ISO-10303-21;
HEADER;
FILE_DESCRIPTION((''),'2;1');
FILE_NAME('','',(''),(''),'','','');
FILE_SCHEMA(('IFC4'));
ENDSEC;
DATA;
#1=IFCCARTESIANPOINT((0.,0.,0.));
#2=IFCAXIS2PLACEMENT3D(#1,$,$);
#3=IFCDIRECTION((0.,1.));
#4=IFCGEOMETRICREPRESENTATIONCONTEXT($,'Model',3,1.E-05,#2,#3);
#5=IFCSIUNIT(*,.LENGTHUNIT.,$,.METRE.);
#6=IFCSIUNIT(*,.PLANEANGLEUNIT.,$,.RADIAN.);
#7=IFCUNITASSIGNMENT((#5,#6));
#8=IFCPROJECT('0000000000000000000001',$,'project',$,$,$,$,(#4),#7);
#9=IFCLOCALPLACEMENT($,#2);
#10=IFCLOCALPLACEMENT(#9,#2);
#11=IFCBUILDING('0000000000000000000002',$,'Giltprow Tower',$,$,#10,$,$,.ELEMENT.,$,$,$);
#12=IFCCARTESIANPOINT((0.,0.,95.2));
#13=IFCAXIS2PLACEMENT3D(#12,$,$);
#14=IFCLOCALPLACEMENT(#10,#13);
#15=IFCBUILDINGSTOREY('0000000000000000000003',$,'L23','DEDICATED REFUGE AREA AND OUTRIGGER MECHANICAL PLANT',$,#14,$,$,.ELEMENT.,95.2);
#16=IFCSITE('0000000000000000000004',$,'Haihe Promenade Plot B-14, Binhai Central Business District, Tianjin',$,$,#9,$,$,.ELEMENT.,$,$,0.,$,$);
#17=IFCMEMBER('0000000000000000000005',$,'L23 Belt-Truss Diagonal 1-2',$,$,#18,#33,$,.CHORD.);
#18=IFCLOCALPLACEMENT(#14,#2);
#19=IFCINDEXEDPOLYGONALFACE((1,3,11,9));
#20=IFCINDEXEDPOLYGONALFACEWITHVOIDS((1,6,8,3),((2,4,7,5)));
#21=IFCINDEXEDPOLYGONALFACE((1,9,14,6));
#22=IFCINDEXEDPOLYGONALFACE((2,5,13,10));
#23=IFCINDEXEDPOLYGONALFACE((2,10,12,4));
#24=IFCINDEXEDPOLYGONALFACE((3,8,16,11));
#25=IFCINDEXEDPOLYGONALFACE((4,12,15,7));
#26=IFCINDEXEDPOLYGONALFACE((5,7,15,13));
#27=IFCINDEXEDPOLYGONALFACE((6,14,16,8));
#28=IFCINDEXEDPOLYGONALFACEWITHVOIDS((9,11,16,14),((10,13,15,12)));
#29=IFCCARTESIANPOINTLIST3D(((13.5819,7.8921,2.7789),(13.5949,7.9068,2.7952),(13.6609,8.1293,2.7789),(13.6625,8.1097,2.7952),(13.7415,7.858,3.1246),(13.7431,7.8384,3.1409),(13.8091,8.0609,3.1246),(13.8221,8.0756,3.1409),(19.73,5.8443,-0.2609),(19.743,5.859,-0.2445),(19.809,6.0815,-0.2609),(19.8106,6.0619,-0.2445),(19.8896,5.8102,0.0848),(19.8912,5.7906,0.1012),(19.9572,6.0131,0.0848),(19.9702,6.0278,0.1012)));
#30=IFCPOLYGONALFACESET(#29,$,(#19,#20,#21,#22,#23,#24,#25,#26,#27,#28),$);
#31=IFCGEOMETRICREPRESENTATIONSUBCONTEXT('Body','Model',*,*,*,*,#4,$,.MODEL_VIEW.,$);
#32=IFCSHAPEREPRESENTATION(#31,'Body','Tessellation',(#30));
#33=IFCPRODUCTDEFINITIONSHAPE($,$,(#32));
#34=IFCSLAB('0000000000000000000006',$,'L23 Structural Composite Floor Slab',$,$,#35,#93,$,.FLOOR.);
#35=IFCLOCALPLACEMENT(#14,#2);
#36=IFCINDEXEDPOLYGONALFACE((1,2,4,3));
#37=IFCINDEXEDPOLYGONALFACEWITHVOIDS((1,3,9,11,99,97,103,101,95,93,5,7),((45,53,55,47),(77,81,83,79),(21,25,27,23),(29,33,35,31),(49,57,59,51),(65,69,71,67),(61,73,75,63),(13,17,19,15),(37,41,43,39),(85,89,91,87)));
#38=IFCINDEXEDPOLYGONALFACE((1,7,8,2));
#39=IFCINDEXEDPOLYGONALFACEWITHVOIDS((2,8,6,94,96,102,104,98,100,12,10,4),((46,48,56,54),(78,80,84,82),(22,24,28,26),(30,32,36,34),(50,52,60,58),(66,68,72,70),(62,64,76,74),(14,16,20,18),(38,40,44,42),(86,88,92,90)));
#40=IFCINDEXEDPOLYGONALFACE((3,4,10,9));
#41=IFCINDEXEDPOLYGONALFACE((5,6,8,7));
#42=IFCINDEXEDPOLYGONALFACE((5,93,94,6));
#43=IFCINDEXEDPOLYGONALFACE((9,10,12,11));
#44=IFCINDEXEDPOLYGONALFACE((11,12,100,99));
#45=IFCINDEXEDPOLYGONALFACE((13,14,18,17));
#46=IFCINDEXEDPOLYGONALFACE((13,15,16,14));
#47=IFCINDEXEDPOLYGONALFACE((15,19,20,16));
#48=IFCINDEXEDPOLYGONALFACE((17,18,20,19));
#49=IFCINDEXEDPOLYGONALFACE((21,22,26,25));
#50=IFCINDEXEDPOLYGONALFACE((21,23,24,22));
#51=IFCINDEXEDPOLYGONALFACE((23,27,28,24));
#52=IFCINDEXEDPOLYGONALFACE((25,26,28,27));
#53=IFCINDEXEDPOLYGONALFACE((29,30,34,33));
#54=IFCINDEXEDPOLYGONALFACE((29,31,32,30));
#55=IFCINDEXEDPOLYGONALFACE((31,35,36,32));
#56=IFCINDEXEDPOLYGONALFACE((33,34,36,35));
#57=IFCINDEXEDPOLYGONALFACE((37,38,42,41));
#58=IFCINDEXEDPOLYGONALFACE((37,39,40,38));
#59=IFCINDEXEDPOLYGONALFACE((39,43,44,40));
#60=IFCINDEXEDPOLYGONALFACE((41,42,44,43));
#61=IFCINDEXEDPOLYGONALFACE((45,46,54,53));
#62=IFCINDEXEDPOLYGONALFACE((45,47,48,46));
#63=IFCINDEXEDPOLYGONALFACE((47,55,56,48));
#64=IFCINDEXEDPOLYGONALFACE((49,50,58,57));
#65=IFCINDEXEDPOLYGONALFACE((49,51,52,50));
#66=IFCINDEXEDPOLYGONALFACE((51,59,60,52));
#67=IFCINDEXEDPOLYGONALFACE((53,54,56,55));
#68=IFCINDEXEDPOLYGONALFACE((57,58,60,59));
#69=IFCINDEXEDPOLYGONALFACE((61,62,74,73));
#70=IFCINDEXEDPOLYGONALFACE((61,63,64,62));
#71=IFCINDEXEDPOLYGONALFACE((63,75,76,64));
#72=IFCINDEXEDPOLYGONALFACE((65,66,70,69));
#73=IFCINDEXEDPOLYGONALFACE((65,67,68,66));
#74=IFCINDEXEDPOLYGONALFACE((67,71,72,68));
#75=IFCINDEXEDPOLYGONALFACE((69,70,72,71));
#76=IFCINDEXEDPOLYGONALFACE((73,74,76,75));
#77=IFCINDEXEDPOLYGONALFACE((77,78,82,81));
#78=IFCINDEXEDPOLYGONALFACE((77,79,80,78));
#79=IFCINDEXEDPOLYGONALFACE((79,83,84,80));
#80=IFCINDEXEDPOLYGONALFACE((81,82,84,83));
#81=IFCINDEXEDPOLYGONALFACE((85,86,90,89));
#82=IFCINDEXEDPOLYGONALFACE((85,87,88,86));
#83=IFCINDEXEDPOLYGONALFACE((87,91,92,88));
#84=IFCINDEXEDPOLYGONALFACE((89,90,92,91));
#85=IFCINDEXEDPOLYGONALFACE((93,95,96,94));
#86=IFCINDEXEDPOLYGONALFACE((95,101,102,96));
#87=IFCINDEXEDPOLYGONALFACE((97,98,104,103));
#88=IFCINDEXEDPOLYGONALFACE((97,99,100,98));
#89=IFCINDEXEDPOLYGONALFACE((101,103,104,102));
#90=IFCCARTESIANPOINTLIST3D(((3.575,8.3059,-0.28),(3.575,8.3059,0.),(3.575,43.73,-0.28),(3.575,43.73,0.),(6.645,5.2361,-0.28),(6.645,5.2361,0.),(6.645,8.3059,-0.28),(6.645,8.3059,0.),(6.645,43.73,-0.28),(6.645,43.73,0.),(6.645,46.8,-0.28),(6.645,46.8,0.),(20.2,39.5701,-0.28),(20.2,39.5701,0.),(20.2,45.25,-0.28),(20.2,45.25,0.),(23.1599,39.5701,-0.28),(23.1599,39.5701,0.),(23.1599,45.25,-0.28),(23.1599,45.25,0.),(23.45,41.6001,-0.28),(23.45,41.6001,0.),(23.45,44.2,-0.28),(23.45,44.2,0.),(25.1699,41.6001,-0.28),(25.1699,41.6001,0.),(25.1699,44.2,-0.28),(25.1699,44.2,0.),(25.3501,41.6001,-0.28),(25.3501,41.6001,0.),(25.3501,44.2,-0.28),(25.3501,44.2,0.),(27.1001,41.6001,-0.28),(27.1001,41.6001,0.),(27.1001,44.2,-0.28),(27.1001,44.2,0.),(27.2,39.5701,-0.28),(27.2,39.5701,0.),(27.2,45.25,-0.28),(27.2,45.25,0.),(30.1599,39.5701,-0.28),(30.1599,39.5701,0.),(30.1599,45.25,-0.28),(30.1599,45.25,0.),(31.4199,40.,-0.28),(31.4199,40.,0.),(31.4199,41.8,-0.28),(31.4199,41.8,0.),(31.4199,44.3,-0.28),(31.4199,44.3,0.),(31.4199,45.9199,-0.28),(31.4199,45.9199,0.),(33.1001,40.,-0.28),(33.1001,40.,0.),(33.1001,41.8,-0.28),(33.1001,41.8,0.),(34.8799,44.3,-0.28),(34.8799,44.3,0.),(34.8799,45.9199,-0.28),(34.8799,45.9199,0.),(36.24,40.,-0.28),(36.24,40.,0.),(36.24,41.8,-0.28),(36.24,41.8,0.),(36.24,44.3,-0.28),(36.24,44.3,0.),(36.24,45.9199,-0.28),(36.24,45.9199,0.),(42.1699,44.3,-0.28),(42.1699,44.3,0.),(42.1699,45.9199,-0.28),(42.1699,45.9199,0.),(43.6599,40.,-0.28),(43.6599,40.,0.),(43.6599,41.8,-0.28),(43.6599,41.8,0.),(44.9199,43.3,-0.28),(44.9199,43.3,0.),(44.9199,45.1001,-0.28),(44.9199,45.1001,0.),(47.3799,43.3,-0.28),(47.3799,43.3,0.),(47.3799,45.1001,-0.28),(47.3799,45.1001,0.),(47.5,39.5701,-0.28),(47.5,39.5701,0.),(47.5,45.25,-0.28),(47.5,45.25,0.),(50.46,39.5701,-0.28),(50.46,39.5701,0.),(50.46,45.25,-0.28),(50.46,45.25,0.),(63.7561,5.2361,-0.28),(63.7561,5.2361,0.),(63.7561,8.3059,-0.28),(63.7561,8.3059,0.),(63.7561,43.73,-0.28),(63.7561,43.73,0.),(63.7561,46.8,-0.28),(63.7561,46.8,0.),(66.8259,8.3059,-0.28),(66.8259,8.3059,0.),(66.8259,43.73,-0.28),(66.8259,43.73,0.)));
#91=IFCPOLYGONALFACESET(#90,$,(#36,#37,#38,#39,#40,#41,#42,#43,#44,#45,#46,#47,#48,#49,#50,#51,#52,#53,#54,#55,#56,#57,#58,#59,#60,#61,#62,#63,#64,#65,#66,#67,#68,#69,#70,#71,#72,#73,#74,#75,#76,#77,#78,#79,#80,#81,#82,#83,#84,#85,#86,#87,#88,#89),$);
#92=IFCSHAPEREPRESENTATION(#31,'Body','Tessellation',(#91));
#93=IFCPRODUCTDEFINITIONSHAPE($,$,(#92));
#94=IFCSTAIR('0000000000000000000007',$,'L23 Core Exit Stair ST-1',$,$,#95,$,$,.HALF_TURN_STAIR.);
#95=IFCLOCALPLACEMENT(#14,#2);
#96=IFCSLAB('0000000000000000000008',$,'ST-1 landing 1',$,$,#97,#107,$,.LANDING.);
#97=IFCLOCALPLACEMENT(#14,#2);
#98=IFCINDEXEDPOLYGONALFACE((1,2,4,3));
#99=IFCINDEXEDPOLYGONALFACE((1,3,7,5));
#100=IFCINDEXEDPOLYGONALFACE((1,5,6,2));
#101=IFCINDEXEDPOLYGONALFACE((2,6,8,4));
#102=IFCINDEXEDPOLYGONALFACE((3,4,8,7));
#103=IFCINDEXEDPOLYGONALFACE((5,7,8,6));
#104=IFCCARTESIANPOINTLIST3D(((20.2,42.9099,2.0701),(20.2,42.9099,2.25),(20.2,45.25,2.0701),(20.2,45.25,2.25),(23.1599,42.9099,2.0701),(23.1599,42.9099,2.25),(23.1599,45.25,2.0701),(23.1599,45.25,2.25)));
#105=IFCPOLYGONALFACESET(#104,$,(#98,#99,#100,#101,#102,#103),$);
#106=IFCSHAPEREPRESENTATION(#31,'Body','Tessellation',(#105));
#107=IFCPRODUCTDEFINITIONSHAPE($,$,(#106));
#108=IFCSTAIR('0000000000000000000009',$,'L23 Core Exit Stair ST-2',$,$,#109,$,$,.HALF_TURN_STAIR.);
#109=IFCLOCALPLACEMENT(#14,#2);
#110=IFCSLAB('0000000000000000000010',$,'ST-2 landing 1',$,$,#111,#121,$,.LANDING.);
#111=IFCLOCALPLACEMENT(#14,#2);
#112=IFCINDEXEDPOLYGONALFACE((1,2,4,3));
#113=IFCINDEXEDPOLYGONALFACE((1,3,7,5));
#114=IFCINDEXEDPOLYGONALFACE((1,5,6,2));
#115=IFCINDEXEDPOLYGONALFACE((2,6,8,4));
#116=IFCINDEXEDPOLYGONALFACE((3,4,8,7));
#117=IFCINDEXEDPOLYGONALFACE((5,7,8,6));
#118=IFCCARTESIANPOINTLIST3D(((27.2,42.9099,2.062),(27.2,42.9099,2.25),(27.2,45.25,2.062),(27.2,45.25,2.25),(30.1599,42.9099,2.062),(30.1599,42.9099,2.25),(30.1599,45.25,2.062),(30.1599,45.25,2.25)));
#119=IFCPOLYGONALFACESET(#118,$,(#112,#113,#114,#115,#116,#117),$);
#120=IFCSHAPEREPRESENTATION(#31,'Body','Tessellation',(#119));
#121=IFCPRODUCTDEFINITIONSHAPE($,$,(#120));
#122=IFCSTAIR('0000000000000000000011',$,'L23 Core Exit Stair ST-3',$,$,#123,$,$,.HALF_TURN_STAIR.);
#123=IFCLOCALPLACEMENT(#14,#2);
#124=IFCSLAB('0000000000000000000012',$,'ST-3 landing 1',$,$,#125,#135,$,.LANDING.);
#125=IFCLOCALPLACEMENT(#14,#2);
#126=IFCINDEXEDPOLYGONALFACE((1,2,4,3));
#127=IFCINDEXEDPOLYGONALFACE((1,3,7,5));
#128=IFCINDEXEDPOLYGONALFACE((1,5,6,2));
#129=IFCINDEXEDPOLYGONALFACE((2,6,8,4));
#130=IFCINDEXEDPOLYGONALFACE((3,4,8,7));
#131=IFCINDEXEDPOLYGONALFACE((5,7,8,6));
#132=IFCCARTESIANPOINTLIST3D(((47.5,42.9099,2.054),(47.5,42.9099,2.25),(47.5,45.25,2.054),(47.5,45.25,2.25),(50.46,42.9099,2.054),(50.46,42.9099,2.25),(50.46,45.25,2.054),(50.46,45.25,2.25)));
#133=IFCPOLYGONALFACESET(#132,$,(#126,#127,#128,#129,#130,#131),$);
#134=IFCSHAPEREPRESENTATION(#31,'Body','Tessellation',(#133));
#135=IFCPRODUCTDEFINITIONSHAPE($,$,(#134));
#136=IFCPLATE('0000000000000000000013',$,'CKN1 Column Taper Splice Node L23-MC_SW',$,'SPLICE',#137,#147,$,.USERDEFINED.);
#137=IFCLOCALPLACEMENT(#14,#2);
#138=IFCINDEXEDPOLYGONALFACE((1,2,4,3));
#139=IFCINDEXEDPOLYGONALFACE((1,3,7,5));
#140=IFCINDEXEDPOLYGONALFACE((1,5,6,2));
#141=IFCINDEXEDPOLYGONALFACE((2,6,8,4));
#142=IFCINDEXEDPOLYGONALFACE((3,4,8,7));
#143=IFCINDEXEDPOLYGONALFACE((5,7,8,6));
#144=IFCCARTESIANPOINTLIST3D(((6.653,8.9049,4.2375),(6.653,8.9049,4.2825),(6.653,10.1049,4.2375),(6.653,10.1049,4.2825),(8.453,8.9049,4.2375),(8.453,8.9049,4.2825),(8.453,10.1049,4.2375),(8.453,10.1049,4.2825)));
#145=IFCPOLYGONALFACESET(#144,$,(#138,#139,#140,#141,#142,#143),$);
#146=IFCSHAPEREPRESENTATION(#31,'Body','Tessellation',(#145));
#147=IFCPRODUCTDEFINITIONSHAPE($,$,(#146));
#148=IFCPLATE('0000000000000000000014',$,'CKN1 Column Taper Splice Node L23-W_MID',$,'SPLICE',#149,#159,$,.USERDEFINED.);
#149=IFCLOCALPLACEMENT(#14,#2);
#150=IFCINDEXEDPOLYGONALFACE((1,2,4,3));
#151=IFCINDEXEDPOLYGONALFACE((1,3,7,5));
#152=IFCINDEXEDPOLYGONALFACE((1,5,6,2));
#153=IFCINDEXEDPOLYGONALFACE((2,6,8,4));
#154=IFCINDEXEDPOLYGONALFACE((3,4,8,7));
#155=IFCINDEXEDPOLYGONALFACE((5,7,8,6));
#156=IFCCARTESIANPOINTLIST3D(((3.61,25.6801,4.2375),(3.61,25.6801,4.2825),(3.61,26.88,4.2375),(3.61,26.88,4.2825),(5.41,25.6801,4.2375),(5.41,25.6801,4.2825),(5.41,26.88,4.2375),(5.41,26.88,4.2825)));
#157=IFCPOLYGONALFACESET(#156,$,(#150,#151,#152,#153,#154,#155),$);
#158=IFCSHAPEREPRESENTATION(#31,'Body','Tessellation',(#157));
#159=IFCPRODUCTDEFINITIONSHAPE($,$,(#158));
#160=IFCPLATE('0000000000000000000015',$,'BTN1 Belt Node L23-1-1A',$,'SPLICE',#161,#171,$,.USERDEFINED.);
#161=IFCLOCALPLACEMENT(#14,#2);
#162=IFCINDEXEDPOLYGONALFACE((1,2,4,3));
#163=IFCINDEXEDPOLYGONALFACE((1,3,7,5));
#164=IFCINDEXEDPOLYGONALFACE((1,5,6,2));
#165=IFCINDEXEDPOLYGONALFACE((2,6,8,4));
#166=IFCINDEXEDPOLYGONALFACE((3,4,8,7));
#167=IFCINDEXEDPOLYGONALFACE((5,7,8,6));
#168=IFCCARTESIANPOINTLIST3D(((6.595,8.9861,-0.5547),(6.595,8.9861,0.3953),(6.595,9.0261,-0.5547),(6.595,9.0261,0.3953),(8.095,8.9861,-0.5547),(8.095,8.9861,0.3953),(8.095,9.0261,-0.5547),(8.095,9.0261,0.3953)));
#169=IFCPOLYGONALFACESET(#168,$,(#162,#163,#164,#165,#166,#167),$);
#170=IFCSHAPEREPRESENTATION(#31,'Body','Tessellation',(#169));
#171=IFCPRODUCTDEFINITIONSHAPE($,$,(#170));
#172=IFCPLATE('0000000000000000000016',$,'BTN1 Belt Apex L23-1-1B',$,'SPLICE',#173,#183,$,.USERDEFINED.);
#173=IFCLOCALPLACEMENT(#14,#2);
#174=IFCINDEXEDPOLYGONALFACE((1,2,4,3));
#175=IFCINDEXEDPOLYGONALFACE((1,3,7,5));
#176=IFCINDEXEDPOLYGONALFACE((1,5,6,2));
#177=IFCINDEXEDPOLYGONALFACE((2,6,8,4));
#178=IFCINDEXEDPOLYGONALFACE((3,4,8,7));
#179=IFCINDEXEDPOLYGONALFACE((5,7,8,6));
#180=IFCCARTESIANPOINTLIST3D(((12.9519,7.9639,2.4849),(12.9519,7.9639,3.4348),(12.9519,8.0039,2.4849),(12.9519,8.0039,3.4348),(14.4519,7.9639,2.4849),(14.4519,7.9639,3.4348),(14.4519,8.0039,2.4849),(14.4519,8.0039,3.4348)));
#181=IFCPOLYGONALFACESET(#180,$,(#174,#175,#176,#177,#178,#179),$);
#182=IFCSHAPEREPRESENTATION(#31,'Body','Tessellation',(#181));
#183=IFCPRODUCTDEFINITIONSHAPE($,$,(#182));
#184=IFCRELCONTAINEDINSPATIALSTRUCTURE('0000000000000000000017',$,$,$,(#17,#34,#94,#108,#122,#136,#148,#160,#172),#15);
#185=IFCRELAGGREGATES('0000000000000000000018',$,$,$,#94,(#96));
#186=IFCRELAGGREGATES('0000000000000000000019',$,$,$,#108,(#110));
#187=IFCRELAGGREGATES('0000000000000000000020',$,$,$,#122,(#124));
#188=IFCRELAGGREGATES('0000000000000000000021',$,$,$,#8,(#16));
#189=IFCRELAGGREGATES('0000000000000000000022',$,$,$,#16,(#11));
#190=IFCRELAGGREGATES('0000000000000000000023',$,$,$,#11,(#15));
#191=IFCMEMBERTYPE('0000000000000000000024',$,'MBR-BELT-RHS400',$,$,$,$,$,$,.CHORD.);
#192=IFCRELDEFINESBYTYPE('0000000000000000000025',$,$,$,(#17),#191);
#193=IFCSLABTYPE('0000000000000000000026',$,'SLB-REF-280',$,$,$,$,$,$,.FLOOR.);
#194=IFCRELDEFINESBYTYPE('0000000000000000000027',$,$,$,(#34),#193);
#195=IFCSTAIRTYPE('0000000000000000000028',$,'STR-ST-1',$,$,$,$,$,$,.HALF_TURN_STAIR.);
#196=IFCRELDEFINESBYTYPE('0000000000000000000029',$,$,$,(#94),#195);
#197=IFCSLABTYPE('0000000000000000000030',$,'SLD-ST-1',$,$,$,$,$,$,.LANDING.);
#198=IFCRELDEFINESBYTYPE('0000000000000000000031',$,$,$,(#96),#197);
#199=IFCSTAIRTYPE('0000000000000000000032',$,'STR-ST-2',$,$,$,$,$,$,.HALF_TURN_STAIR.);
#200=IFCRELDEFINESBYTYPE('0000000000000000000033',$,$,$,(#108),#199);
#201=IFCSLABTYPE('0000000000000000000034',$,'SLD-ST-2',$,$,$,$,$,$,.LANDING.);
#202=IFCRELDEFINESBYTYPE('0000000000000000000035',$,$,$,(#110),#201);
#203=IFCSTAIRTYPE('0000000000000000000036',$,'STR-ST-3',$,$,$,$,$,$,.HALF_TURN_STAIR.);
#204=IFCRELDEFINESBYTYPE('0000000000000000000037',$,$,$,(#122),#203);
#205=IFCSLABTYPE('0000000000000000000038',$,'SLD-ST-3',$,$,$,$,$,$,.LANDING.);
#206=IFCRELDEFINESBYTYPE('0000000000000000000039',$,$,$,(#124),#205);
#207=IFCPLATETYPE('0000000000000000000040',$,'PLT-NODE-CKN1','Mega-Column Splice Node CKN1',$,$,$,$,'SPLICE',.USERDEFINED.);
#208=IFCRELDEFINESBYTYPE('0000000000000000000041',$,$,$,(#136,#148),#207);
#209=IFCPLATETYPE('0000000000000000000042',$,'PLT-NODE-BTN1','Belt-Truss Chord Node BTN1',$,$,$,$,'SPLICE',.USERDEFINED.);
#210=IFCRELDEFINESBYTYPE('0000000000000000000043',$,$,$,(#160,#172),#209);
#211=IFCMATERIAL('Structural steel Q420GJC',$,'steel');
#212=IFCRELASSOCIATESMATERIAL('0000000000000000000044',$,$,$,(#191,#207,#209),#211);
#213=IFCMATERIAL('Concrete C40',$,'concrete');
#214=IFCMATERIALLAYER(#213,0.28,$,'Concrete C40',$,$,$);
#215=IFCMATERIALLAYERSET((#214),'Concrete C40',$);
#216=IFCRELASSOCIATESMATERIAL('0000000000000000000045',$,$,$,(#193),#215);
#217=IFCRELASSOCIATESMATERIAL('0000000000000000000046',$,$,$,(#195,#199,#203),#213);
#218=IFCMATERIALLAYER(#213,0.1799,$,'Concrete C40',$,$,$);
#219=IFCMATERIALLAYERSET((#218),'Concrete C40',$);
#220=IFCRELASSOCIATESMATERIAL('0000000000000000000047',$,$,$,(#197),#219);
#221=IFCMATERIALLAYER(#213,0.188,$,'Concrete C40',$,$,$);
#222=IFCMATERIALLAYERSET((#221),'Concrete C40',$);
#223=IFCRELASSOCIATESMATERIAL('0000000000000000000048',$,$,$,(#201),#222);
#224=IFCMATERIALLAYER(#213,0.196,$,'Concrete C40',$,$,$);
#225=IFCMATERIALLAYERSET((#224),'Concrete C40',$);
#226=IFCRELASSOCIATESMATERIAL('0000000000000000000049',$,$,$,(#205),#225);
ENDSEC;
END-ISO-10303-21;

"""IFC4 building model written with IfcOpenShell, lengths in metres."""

from ifc_helpers import new_model, si_unit, direction, frame, origin, origin_2d, place, context, subcontext, project, spatial, polyline, rectangle, hollow_rectangle, outline, extrude, source, transform, mapped, material, layer, layer_set, material_profile, profile_set, type_object, element, aggregate, save


model = new_model("IFC4")

# Units and contexts
model_context = context("Model", 3, precision=1e-05, world=origin(), true_north=direction((0.0, 1.0)))
body_context = subcontext(model_context, "Body", "Model", "MODEL_VIEW")
ifc_project = project(units=[si_unit("LENGTHUNIT", "METRE"), si_unit("PLANEANGLEUNIT", "RADIAN")], contexts=[model_context])

# Site, building, storey
site_placement = place(None, origin())
site = spatial("IfcSite", under=ifc_project, at=site_placement, Name="Haihe Promenade Plot B-14, Binhai Central Business District, Tianjin", CompositionType="ELEMENT", RefElevation=0.0)
building_placement = place(site_placement, origin())
building = spatial("IfcBuilding", under=site, at=building_placement, Name="Giltprow Tower", CompositionType="ELEMENT")
storey_placement = place(building_placement, frame((0.0, 0.0, 95.2)))
storey = spatial("IfcBuildingStorey", under=building, at=storey_placement, Name="L23", Description="DEDICATED REFUGE AREA AND OUTRIGGER MECHANICAL PLANT", CompositionType="ELEMENT", Elevation=95.2)

# Shared definitions
ifc_material_1 = material(Name="Structural steel Q420GJC", Category="steel")

# Member
ifc_material_profile_1 = material_profile(ifc_material_1, hollow_rectangle(XDim=0.25, YDim=0.3999, WallThickness=0.0181, at=origin_2d()), Name="RHS 400x250x18")
ifc_profile_set_1 = profile_set([ifc_material_profile_1], Name="Structural steel Q420GJC")
member_type = type_object("IfcMemberType", Name="MBR-BELT-RHS400", PredefinedType="CHORD", material=ifc_profile_set_1)
shared_shape_1 = source(origin(), body_context, "Body", "SweptSolid", [
    extrude(hollow_rectangle(XDim=0.25, YDim=0.3999, WallThickness=0.0181, at=origin_2d()), origin(), (0.0, 0.0, 1.0), 7.1577),
])
member_1_placement = place(storey_placement, frame((19.8501, 5.936, -0.0798), z_axis=(-0.858948, 0.2861, 0.424682), x_axis=(-0.316013, -0.948755, 0.0)))
element("IfcMember", 1, at=member_1_placement, inside=storey, type_object=member_type, Name="L23 Belt-Truss Diagonal 1-2", PredefinedType="CHORD", context=body_context, shape_type="MappedRepresentation", body=[
    mapped(shared_shape_1, transform((0.0, 0.0, 0.0), x_axis=(1.0, 0.0, 0.0), y_axis=(0.0, 1.0, 0.0), z_axis=(0.0, 0.0, 1.0), scale=1.0)),
])

# Slab
ifc_material_2 = material(Name="Concrete C40", Category="concrete")
ifc_layer_1 = layer(ifc_material_2, 0.28, Name="Concrete C40")
ifc_layer_set_1 = layer_set([ifc_layer_1], Name="Concrete C40")
slab_type_1 = type_object("IfcSlabType", Name="SLB-REF-280", PredefinedType="FLOOR", material=ifc_layer_set_1)
slab_1_placement = place(storey_placement, frame((0.0, 0.0, -0.28)))
element("IfcSlab", 2, at=slab_1_placement, inside=storey, type_object=slab_type_1, Name="L23 Structural Composite Floor Slab", PredefinedType="FLOOR", context=body_context, shape_type="SweptSolid", body=[
    extrude(outline(polyline([(6.645, 8.3059), (3.575, 8.3059), (3.575, 43.73), (6.645, 43.73), (6.645, 46.8), (63.7561, 46.8), (63.7561, 43.73), (66.8259, 43.73), (66.8259, 8.3059), (63.7561, 8.3059), (63.7561, 5.2361), (6.645, 5.2361), (6.645, 8.3059)]), holes=[polyline([(31.4199, 41.8), (31.4199, 40.0), (33.1001, 40.0), (33.1001, 41.8), (31.4199, 41.8)]), polyline([(43.6599, 41.8), (36.24, 41.8), (36.24, 40.0), (43.6599, 40.0), (43.6599, 41.8)]), polyline([(23.1599, 45.25), (20.2, 45.25), (20.2, 39.5701), (23.1599, 39.5701), (23.1599, 45.25)]), polyline([(30.1599, 39.5701), (30.1599, 45.25), (27.2, 45.25), (27.2, 39.5701), (30.1599, 39.5701)]), polyline([(50.46, 39.5701), (50.46, 45.25), (47.5, 45.25), (47.5, 39.5701), (50.46, 39.5701)]), polyline([(25.1699, 44.2), (23.45, 44.2), (23.45, 41.6001), (25.1699, 41.6001), (25.1699, 44.2)]), polyline([(27.1001, 44.2), (25.3501, 44.2), (25.3501, 41.6001), (27.1001, 41.6001), (27.1001, 44.2)]), polyline([(47.3799, 45.1001), (44.9199, 45.1001), (44.9199, 43.3), (47.3799, 43.3), (47.3799, 45.1001)]), polyline([(34.8799, 44.3), (34.8799, 45.9199), (31.4199, 45.9199), (31.4199, 44.3), (34.8799, 44.3)]), polyline([(42.1699, 44.3), (42.1699, 45.9199), (36.24, 45.9199), (36.24, 44.3), (42.1699, 44.3)])]), origin(), (0.0, 0.0, 1.0), 0.28),
])

# Stairs, slabs
stair_type_1 = type_object("IfcStairType", Name="STR-ST-1", PredefinedType="HALF_TURN_STAIR", material=ifc_material_2)
stair_1_placement = place(storey_placement, origin())
stair_1 = element("IfcStair", 3, at=stair_1_placement, inside=storey, type_object=stair_type_1, Name="L23 Core Exit Stair ST-1", PredefinedType="HALF_TURN_STAIR")
ifc_layer_2 = layer(ifc_material_2, 0.1799, Name="Concrete C40")
ifc_layer_set_2 = layer_set([ifc_layer_2], Name="Concrete C40")
slab_type_2 = type_object("IfcSlabType", Name="SLD-ST-1", PredefinedType="LANDING", material=ifc_layer_set_2)
slab_2_placement = place(storey_placement, frame((0.0, 0.0, 2.0701)))
slab_2 = element("IfcSlab", 4, at=slab_2_placement, type_object=slab_type_2, Name="ST-1 landing 1", PredefinedType="LANDING", context=body_context, shape_type="SweptSolid", body=[
    extrude(outline(polyline([(23.1599, 42.9099), (23.1599, 45.25), (20.2, 45.25), (20.2, 42.9099), (23.1599, 42.9099)])), origin(), (0.0, 0.0, 1.0), 0.1799),
])
aggregate(stair_1, [slab_2])
stair_type_2 = type_object("IfcStairType", Name="STR-ST-2", PredefinedType="HALF_TURN_STAIR", material=ifc_material_2)
stair_2_placement = place(storey_placement, origin())
stair_2 = element("IfcStair", 5, at=stair_2_placement, inside=storey, type_object=stair_type_2, Name="L23 Core Exit Stair ST-2", PredefinedType="HALF_TURN_STAIR")
ifc_layer_3 = layer(ifc_material_2, 0.188, Name="Concrete C40")
ifc_layer_set_3 = layer_set([ifc_layer_3], Name="Concrete C40")
slab_type_3 = type_object("IfcSlabType", Name="SLD-ST-2", PredefinedType="LANDING", material=ifc_layer_set_3)
slab_3_placement = place(storey_placement, frame((0.0, 0.0, 2.062)))
slab_3 = element("IfcSlab", 6, at=slab_3_placement, type_object=slab_type_3, Name="ST-2 landing 1", PredefinedType="LANDING", context=body_context, shape_type="SweptSolid", body=[
    extrude(outline(polyline([(30.1599, 42.9099), (30.1599, 45.25), (27.2, 45.25), (27.2, 42.9099), (30.1599, 42.9099)])), origin(), (0.0, 0.0, 1.0), 0.188),
])
aggregate(stair_2, [slab_3])
stair_type_3 = type_object("IfcStairType", Name="STR-ST-3", PredefinedType="HALF_TURN_STAIR", material=ifc_material_2)
stair_3_placement = place(storey_placement, origin())
stair_3 = element("IfcStair", 7, at=stair_3_placement, inside=storey, type_object=stair_type_3, Name="L23 Core Exit Stair ST-3", PredefinedType="HALF_TURN_STAIR")
ifc_layer_4 = layer(ifc_material_2, 0.196, Name="Concrete C40")
ifc_layer_set_4 = layer_set([ifc_layer_4], Name="Concrete C40")
slab_type_4 = type_object("IfcSlabType", Name="SLD-ST-3", PredefinedType="LANDING", material=ifc_layer_set_4)
slab_4_placement = place(storey_placement, frame((0.0, 0.0, 2.054)))
slab_4 = element("IfcSlab", 8, at=slab_4_placement, type_object=slab_type_4, Name="ST-3 landing 1", PredefinedType="LANDING", context=body_context, shape_type="SweptSolid", body=[
    extrude(outline(polyline([(50.46, 42.9099), (50.46, 45.25), (47.5, 45.25), (47.5, 42.9099), (50.46, 42.9099)])), origin(), (0.0, 0.0, 1.0), 0.196),
])
aggregate(stair_3, [slab_4])

# Plates
plate_type_1 = type_object("IfcPlateType", Name="PLT-NODE-CKN1", Description="Mega-Column Splice Node CKN1", ElementType="SPLICE", PredefinedType="USERDEFINED", material=ifc_material_1)
shared_shape_2 = source(origin(), body_context, "Body", "SweptSolid", [
    extrude(rectangle(XDim=1.8, YDim=1.2, at=origin_2d()), origin(), (0.0, 0.0, 1.0), 0.0449),
])
for number, where, z_axis, x_axis, name in (
    (9, (7.553, 9.5049, 4.2375), (0.0, 0.0, 1.0), (1.0, 0.0, 0.0), "CKN1 Column Taper Splice Node L23-MC_SW"),
    (10, (4.51, 26.28, 4.2375), (0.0, 0.0, 1.0), (1.0, 0.0, 0.0), "CKN1 Column Taper Splice Node L23-W_MID"),
):
    element("IfcPlate", number, at=place(storey_placement, frame(where, z_axis=z_axis, x_axis=x_axis)), inside=storey, type_object=plate_type_1, Name=name, ObjectType="SPLICE", PredefinedType="USERDEFINED", context=body_context, shape_type="MappedRepresentation", body=[
        mapped(shared_shape_2, transform((0.0, 0.0, 0.0), x_axis=(1.0, 0.0, 0.0), y_axis=(0.0, 1.0, 0.0), z_axis=(0.0, 0.0, 1.0), scale=1.0)),
    ])
plate_type_2 = type_object("IfcPlateType", Name="PLT-NODE-BTN1", Description="Belt-Truss Chord Node BTN1", ElementType="SPLICE", PredefinedType="USERDEFINED", material=ifc_material_1)
shared_shape_3 = source(origin(), body_context, "Body", "SweptSolid", [
    extrude(rectangle(XDim=1.5, YDim=0.04, at=origin_2d()), origin(), (0.0, 0.0, 1.0), 0.95),
])
for number, where, z_axis, x_axis, name in (
    (11, (7.345, 9.0061, -0.5547), (0.0, 0.0, 1.0), (1.0, 0.0, 0.0), "BTN1 Belt Node L23-1-1A"),
    (12, (13.7019, 7.9839, 2.4849), (0.0, 0.0, 1.0), (1.0, 0.0, 0.0), "BTN1 Belt Apex L23-1-1B"),
):
    element("IfcPlate", number, at=place(storey_placement, frame(where, z_axis=z_axis, x_axis=x_axis)), inside=storey, type_object=plate_type_2, Name=name, ObjectType="SPLICE", PredefinedType="USERDEFINED", context=body_context, shape_type="MappedRepresentation", body=[
        mapped(shared_shape_3, transform((0.0, 0.0, 0.0), x_axis=(1.0, 0.0, 0.0), y_axis=(0.0, 1.0, 0.0), z_axis=(0.0, 0.0, 1.0), scale=1.0)),
    ])

save(model, "model.ifc")
